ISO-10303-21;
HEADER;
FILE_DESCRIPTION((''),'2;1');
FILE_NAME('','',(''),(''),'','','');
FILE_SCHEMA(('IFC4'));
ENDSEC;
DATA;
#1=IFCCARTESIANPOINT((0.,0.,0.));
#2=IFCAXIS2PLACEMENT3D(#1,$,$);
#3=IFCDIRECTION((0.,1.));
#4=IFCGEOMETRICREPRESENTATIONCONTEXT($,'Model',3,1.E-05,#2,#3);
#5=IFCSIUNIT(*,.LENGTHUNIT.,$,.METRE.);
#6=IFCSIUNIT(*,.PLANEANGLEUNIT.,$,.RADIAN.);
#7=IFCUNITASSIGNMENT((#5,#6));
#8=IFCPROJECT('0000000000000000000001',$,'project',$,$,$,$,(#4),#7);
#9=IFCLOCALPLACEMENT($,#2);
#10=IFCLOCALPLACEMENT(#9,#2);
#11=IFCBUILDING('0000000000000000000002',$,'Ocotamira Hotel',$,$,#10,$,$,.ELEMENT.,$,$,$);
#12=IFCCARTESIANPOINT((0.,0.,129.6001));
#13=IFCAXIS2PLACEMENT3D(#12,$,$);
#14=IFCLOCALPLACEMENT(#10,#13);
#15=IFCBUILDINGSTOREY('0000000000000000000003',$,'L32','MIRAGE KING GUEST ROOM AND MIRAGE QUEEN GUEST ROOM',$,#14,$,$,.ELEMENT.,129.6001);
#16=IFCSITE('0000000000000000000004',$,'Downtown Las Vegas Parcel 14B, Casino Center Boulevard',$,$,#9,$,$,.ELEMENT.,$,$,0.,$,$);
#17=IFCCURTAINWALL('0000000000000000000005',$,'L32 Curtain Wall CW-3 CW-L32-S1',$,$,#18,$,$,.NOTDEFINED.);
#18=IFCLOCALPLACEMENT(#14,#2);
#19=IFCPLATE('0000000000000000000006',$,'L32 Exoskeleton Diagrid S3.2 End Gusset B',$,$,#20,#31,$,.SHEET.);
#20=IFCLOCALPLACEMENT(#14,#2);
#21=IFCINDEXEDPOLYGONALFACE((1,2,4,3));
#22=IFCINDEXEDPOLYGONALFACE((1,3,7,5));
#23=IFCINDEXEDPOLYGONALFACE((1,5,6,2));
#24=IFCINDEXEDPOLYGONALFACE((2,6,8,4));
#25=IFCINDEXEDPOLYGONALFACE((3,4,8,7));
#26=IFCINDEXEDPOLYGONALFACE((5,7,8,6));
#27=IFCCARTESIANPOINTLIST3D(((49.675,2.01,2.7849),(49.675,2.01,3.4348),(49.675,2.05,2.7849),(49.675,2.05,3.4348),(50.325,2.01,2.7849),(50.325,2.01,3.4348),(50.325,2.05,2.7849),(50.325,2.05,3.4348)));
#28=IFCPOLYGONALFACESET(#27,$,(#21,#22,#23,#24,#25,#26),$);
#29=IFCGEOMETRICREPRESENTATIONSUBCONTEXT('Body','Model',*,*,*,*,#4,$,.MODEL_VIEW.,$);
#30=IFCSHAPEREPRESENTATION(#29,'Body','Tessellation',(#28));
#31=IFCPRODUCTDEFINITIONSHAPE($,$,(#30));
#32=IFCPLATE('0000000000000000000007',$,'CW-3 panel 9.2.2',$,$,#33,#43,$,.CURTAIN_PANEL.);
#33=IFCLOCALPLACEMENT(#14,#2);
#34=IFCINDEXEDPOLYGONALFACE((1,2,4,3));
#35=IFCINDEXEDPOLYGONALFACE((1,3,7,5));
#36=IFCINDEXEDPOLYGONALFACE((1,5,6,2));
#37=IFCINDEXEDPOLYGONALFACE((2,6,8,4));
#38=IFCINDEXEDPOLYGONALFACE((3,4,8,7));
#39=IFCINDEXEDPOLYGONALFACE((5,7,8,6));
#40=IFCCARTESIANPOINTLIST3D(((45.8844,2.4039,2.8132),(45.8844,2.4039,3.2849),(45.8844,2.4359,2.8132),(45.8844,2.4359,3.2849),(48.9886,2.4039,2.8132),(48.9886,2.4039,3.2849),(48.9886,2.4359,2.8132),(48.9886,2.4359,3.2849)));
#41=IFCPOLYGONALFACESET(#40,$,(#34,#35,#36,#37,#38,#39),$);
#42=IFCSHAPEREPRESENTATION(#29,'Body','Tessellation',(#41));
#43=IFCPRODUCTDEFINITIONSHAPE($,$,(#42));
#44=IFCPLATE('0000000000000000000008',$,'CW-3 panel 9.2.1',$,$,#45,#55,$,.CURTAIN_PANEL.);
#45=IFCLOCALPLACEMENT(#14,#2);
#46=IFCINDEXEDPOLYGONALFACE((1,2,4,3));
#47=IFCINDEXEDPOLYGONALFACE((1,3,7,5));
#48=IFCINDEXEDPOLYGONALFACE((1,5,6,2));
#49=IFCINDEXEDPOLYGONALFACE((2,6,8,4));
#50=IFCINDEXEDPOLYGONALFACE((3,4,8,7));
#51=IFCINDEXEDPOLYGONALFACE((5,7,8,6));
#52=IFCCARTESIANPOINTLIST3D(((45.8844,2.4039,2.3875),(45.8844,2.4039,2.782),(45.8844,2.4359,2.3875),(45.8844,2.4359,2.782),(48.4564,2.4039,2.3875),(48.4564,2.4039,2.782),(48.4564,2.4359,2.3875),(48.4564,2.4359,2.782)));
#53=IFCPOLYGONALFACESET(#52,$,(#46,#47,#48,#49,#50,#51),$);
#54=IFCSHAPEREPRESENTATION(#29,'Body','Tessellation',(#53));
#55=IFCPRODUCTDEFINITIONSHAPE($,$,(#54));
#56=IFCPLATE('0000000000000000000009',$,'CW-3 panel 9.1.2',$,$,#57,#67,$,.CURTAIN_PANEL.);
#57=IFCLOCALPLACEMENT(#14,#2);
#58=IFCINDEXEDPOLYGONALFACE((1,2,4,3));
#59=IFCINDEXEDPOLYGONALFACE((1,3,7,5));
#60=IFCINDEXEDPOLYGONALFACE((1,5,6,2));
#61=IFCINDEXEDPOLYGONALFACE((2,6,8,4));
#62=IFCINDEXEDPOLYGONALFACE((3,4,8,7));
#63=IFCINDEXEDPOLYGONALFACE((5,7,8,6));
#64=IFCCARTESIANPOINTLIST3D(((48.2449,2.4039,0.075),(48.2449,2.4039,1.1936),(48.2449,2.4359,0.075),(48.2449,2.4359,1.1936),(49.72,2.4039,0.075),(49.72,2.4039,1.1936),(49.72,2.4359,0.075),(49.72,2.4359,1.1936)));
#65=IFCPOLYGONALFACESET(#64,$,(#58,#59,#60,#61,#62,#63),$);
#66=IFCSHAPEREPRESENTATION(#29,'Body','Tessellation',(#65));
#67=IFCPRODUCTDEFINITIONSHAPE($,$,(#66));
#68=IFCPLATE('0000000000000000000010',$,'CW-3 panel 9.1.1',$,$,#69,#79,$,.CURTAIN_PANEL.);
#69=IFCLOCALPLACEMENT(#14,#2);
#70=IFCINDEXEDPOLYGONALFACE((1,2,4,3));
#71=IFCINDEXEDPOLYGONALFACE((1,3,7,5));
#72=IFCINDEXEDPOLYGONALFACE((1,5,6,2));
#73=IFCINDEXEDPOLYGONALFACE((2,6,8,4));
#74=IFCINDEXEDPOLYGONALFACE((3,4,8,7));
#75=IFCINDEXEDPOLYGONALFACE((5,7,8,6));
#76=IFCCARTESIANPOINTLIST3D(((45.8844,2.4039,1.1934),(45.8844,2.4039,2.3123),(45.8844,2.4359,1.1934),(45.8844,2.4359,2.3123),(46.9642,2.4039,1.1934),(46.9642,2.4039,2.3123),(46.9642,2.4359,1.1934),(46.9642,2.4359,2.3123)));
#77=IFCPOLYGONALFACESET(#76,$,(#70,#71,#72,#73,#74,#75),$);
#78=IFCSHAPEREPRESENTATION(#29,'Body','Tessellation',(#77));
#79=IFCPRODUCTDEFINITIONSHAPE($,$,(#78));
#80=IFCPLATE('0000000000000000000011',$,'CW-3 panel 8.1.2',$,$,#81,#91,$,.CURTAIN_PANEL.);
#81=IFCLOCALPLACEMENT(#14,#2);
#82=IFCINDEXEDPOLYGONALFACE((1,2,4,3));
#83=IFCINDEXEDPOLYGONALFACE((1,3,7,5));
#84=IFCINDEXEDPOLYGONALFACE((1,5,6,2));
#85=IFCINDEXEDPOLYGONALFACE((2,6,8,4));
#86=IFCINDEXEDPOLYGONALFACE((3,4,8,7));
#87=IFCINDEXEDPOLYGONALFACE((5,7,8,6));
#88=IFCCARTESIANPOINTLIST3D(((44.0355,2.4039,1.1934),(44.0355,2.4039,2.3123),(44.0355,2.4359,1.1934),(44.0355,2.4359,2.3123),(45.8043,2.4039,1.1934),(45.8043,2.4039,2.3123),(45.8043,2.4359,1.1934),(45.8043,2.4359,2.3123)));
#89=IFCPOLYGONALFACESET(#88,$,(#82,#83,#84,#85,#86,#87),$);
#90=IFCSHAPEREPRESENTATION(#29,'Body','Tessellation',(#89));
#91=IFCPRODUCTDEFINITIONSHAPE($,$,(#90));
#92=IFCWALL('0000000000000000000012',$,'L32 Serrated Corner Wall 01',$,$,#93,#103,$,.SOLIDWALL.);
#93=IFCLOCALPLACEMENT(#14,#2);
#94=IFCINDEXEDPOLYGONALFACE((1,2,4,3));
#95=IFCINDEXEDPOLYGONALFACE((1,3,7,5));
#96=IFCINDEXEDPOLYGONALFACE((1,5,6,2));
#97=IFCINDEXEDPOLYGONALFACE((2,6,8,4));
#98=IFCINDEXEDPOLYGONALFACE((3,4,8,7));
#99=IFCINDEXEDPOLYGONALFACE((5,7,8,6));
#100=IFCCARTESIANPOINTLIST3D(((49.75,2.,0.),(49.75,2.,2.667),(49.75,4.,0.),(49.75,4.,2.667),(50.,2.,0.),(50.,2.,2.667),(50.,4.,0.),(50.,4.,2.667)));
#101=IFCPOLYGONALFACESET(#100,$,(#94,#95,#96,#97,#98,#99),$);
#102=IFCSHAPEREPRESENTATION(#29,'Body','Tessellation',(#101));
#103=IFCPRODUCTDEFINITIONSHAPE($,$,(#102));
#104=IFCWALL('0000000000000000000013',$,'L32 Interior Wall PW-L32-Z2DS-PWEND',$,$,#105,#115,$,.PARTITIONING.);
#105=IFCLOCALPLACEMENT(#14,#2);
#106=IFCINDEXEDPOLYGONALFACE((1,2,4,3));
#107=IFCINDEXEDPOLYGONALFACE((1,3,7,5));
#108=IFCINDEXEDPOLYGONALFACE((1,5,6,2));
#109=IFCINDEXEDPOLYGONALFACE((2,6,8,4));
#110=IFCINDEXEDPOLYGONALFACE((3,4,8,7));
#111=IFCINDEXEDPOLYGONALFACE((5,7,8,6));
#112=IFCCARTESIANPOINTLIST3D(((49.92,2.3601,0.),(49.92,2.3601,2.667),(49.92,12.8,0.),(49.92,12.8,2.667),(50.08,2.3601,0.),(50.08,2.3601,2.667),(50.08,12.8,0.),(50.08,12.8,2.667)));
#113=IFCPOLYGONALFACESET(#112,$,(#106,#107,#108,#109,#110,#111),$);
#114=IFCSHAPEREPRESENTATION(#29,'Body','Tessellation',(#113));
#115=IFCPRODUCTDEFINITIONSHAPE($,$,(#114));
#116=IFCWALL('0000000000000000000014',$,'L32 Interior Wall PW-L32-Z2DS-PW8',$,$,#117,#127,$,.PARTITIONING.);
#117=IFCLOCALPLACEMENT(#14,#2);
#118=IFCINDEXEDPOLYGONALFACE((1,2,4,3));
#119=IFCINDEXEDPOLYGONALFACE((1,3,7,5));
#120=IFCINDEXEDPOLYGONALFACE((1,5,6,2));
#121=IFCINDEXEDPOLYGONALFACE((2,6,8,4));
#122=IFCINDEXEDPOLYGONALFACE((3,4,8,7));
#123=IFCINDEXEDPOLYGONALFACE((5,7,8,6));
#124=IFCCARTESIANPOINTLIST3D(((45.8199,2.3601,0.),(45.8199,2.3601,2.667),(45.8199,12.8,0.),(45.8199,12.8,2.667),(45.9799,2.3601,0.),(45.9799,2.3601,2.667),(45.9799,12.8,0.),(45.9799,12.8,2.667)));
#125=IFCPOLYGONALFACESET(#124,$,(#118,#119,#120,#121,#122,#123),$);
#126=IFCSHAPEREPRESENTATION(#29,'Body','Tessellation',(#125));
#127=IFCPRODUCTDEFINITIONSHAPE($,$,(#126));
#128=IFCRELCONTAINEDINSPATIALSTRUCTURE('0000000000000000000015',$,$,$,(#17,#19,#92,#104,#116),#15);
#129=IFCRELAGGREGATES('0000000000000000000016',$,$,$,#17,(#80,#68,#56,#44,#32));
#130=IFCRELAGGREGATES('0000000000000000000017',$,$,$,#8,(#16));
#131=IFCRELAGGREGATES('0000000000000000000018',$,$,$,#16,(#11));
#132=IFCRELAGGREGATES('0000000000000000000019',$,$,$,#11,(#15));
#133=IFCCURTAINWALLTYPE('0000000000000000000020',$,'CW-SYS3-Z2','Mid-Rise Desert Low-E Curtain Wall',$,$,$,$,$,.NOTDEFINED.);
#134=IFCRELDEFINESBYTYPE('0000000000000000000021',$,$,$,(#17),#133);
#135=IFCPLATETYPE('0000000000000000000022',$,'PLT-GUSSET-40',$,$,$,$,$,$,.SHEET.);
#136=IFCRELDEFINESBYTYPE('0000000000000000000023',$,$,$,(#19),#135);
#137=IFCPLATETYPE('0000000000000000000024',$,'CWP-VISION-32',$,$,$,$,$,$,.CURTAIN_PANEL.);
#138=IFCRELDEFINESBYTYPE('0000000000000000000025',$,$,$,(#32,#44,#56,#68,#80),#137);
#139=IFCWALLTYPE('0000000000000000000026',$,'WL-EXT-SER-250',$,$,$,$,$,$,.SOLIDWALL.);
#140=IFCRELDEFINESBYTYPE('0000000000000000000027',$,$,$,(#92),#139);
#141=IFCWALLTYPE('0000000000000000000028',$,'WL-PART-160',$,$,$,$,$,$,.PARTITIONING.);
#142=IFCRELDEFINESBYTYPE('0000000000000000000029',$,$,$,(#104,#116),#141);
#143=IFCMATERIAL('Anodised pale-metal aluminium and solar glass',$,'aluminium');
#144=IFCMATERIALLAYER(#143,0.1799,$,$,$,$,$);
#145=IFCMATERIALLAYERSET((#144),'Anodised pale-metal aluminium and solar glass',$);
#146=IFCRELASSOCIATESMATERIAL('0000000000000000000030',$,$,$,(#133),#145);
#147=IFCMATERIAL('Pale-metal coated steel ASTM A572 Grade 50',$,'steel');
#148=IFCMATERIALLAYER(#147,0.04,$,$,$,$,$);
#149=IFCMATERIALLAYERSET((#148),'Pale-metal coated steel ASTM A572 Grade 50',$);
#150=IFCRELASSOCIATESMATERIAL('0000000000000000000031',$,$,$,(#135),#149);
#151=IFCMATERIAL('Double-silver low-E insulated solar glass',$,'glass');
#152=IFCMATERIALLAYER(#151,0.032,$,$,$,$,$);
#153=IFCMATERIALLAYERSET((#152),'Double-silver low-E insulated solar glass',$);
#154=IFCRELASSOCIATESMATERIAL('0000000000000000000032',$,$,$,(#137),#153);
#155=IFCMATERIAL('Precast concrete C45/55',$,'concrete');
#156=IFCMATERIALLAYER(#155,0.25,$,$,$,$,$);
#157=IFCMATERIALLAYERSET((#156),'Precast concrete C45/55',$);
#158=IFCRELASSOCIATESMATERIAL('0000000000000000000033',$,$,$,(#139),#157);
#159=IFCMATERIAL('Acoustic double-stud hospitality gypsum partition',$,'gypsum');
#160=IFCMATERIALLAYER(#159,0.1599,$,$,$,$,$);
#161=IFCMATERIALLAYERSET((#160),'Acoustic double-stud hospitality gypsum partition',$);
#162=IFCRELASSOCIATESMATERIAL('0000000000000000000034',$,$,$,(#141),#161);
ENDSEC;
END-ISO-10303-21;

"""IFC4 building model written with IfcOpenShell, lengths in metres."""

from ifc_helpers import new_model, si_unit, direction, frame, frame_2d, origin, origin_2d, place, context, subcontext, project, spatial, rectangle, extrude, source, transform, mapped, material, layer, layer_set, type_object, element, aggregate, save


model = new_model("IFC4")

# Units and contexts
model_context = context("Model", 3, precision=1e-05, world=origin(), true_north=direction((0.0, 1.0)))
body_context = subcontext(model_context, "Body", "Model", "MODEL_VIEW")
ifc_project = project(units=[si_unit("LENGTHUNIT", "METRE"), si_unit("PLANEANGLEUNIT", "RADIAN")], contexts=[model_context])

# Site, building, storey
site_placement = place(None, origin())
site = spatial("IfcSite", under=ifc_project, at=site_placement, Name="Downtown Las Vegas Parcel 14B, Casino Center Boulevard", CompositionType="ELEMENT", RefElevation=0.0)
building_placement = place(site_placement, origin())
building = spatial("IfcBuilding", under=site, at=building_placement, Name="Ocotamira Hotel", CompositionType="ELEMENT")
storey_placement = place(building_placement, frame((0.0, 0.0, 129.6001)))
storey = spatial("IfcBuildingStorey", under=building, at=storey_placement, Name="L32", Description="MIRAGE KING GUEST ROOM AND MIRAGE QUEEN GUEST ROOM", CompositionType="ELEMENT", Elevation=129.6001)

# Curtain wall
ifc_material_1 = material(Name="Anodised pale-metal aluminium and solar glass", Category="aluminium")
ifc_layer_1 = layer(ifc_material_1, 0.1799)
ifc_layer_set_1 = layer_set([ifc_layer_1], Name="Anodised pale-metal aluminium and solar glass")
curtain_wall_type = type_object("IfcCurtainWallType", Name="CW-SYS3-Z2", Description="Mid-Rise Desert Low-E Curtain Wall", PredefinedType="NOTDEFINED", material=ifc_layer_set_1)
curtain_wall_placement = place(storey_placement, origin())
curtain_wall = element("IfcCurtainWall", 1, at=curtain_wall_placement, inside=storey, type_object=curtain_wall_type, Name="L32 Curtain Wall CW-3 CW-L32-S1", PredefinedType="NOTDEFINED")

# Plates
ifc_material_2 = material(Name="Pale-metal coated steel ASTM A572 Grade 50", Category="steel")
ifc_layer_2 = layer(ifc_material_2, 0.04)
ifc_layer_set_2 = layer_set([ifc_layer_2], Name="Pale-metal coated steel ASTM A572 Grade 50")
plate_type_1 = type_object("IfcPlateType", Name="PLT-GUSSET-40", PredefinedType="SHEET", material=ifc_layer_set_2)
shared_shape_1 = source(origin(), body_context, "Body", "SweptSolid", [
    extrude(rectangle(XDim=0.6499, YDim=0.04, at=origin_2d()), origin(), (0.0, 0.0, 1.0), 0.6499),
])
plate_1_placement = place(storey_placement, frame((50.0, 2.03, 2.7849), z_axis=(0.0, 0.0, 1.0), x_axis=(1.0, 0.0, 0.0)))
element("IfcPlate", 2, at=plate_1_placement, inside=storey, type_object=plate_type_1, Name="L32 Exoskeleton Diagrid S3.2 End Gusset B", PredefinedType="SHEET", context=body_context, shape_type="MappedRepresentation", body=[
    mapped(shared_shape_1, transform((0.0, 0.0, 0.0), scale=1.0)),
])
ifc_material_3 = material(Name="Double-silver low-E insulated solar glass", Category="glass")
ifc_layer_3 = layer(ifc_material_3, 0.032)
ifc_layer_set_3 = layer_set([ifc_layer_3], Name="Double-silver low-E insulated solar glass")
plate_type_2 = type_object("IfcPlateType", Name="CWP-VISION-32", PredefinedType="CURTAIN_PANEL", material=ifc_layer_set_3)
shared_shape_2 = source(origin(), body_context, "Body", "SweptSolid", [
    extrude(rectangle(XDim=3.1042, YDim=0.032, at=origin_2d()), origin(), (0.0, 0.0, 1.0), 0.4717),
])
plate_2_placement = place(storey_placement, frame((47.4365, 2.4199, 2.8132), z_axis=(0.0, 0.0, 1.0), x_axis=(1.0, 0.0, 0.0)))
plate_2 = element("IfcPlate", 3, at=plate_2_placement, type_object=plate_type_2, Name="CW-3 panel 9.2.2", PredefinedType="CURTAIN_PANEL", context=body_context, shape_type="MappedRepresentation", body=[
    mapped(shared_shape_2, transform((0.0, 0.0, 0.0), scale=1.0)),
])
shared_shape_3 = source(origin(), body_context, "Body", "SweptSolid", [
    extrude(rectangle(XDim=2.572, YDim=0.032, at=origin_2d()), origin(), (0.0, 0.0, 1.0), 0.3945),
])
plate_3_placement = place(storey_placement, frame((47.1704, 2.4199, 2.3875), z_axis=(0.0, 0.0, 1.0), x_axis=(1.0, 0.0, 0.0)))
plate_3 = element("IfcPlate", 4, at=plate_3_placement, type_object=plate_type_2, Name="CW-3 panel 9.2.1", PredefinedType="CURTAIN_PANEL", context=body_context, shape_type="MappedRepresentation", body=[
    mapped(shared_shape_3, transform((0.0, 0.0, 0.0), scale=1.0)),
])
shared_shape_4 = source(origin(), body_context, "Body", "SweptSolid", [
    extrude(rectangle(XDim=1.4751, YDim=0.032, at=origin_2d()), origin(), (0.0, 0.0, 1.0), 1.1187),
])
plate_4_placement = place(storey_placement, frame((48.9824, 2.4199, 0.075), z_axis=(0.0, 0.0, 1.0), x_axis=(1.0, 0.0, 0.0)))
plate_4 = element("IfcPlate", 5, at=plate_4_placement, type_object=plate_type_2, Name="CW-3 panel 9.1.2", PredefinedType="CURTAIN_PANEL", context=body_context, shape_type="MappedRepresentation", body=[
    mapped(shared_shape_4, transform((0.0, 0.0, 0.0), scale=1.0)),
])
shared_shape_5 = source(origin(), body_context, "Body", "SweptSolid", [
    extrude(rectangle(XDim=1.0798, YDim=0.032, at=origin_2d()), origin(), (0.0, 0.0, 1.0), 1.1189),
])
plate_5_placement = place(storey_placement, frame((46.4243, 2.4199, 1.1934), z_axis=(0.0, 0.0, 1.0), x_axis=(1.0, 0.0, 0.0)))
plate_5 = element("IfcPlate", 6, at=plate_5_placement, type_object=plate_type_2, Name="CW-3 panel 9.1.1", PredefinedType="CURTAIN_PANEL", context=body_context, shape_type="MappedRepresentation", body=[
    mapped(shared_shape_5, transform((0.0, 0.0, 0.0), scale=1.0)),
])
shared_shape_6 = source(origin(), body_context, "Body", "SweptSolid", [
    extrude(rectangle(XDim=1.7688, YDim=0.032, at=origin_2d()), origin(), (0.0, 0.0, 1.0), 1.1189),
])
plate_6_placement = place(storey_placement, frame((44.9199, 2.4199, 1.1934), z_axis=(0.0, 0.0, 1.0), x_axis=(1.0, 0.0, 0.0)))
plate_6 = element("IfcPlate", 7, at=plate_6_placement, type_object=plate_type_2, Name="CW-3 panel 8.1.2", PredefinedType="CURTAIN_PANEL", context=body_context, shape_type="MappedRepresentation", body=[
    mapped(shared_shape_6, transform((0.0, 0.0, 0.0), scale=1.0)),
])
aggregate(curtain_wall, [plate_6, plate_5, plate_4, plate_3, plate_2])

# Walls
ifc_material_4 = material(Name="Precast concrete C45/55", Category="concrete")
ifc_layer_4 = layer(ifc_material_4, 0.25)
ifc_layer_set_4 = layer_set([ifc_layer_4], Name="Precast concrete C45/55")
wall_type_1 = type_object("IfcWallType", Name="WL-EXT-SER-250", PredefinedType="SOLIDWALL", material=ifc_layer_set_4)
wall_placement = place(storey_placement, frame((49.875, 2.0, 0.0), z_axis=(0.0, 0.0, 1.0), x_axis=(0.0, 1.0, 0.0)))
element("IfcWall", 8, at=wall_placement, inside=storey, type_object=wall_type_1, Name="L32 Serrated Corner Wall 01", PredefinedType="SOLIDWALL", context=body_context, shape_type="SweptSolid", body=[
    extrude(rectangle(XDim=2.0, YDim=0.25, at=frame_2d((1.0, 0.0))), origin(), (0.0, 0.0, 1.0), 2.667),
])
ifc_material_5 = material(Name="Acoustic double-stud hospitality gypsum partition", Category="gypsum")
ifc_layer_5 = layer(ifc_material_5, 0.1599)
ifc_layer_set_5 = layer_set([ifc_layer_5], Name="Acoustic double-stud hospitality gypsum partition")
wall_type_2 = type_object("IfcWallType", Name="WL-PART-160", PredefinedType="PARTITIONING", material=ifc_layer_set_5)
for number, where, z_axis, x_axis, name in (
    (9, (50.0, 2.3601, 0.0), (0.0, 0.0, 1.0), (0.0, 1.0, 0.0), "L32 Interior Wall PW-L32-Z2DS-PWEND"),
    (10, (45.8999, 2.3601, 0.0), (0.0, 0.0, 1.0), (0.0, 1.0, 0.0), "L32 Interior Wall PW-L32-Z2DS-PW8"),
):
    element("IfcWall", number, at=place(storey_placement, frame(where, z_axis=z_axis, x_axis=x_axis)), inside=storey, type_object=wall_type_2, Name=name, PredefinedType="PARTITIONING", context=body_context, shape_type="SweptSolid", body=[
        extrude(rectangle(XDim=10.4399, YDim=0.1599, at=frame_2d((5.22, 0.0))), origin(), (0.0, 0.0, 1.0), 2.667),
    ])

save(model, "model.ifc")
